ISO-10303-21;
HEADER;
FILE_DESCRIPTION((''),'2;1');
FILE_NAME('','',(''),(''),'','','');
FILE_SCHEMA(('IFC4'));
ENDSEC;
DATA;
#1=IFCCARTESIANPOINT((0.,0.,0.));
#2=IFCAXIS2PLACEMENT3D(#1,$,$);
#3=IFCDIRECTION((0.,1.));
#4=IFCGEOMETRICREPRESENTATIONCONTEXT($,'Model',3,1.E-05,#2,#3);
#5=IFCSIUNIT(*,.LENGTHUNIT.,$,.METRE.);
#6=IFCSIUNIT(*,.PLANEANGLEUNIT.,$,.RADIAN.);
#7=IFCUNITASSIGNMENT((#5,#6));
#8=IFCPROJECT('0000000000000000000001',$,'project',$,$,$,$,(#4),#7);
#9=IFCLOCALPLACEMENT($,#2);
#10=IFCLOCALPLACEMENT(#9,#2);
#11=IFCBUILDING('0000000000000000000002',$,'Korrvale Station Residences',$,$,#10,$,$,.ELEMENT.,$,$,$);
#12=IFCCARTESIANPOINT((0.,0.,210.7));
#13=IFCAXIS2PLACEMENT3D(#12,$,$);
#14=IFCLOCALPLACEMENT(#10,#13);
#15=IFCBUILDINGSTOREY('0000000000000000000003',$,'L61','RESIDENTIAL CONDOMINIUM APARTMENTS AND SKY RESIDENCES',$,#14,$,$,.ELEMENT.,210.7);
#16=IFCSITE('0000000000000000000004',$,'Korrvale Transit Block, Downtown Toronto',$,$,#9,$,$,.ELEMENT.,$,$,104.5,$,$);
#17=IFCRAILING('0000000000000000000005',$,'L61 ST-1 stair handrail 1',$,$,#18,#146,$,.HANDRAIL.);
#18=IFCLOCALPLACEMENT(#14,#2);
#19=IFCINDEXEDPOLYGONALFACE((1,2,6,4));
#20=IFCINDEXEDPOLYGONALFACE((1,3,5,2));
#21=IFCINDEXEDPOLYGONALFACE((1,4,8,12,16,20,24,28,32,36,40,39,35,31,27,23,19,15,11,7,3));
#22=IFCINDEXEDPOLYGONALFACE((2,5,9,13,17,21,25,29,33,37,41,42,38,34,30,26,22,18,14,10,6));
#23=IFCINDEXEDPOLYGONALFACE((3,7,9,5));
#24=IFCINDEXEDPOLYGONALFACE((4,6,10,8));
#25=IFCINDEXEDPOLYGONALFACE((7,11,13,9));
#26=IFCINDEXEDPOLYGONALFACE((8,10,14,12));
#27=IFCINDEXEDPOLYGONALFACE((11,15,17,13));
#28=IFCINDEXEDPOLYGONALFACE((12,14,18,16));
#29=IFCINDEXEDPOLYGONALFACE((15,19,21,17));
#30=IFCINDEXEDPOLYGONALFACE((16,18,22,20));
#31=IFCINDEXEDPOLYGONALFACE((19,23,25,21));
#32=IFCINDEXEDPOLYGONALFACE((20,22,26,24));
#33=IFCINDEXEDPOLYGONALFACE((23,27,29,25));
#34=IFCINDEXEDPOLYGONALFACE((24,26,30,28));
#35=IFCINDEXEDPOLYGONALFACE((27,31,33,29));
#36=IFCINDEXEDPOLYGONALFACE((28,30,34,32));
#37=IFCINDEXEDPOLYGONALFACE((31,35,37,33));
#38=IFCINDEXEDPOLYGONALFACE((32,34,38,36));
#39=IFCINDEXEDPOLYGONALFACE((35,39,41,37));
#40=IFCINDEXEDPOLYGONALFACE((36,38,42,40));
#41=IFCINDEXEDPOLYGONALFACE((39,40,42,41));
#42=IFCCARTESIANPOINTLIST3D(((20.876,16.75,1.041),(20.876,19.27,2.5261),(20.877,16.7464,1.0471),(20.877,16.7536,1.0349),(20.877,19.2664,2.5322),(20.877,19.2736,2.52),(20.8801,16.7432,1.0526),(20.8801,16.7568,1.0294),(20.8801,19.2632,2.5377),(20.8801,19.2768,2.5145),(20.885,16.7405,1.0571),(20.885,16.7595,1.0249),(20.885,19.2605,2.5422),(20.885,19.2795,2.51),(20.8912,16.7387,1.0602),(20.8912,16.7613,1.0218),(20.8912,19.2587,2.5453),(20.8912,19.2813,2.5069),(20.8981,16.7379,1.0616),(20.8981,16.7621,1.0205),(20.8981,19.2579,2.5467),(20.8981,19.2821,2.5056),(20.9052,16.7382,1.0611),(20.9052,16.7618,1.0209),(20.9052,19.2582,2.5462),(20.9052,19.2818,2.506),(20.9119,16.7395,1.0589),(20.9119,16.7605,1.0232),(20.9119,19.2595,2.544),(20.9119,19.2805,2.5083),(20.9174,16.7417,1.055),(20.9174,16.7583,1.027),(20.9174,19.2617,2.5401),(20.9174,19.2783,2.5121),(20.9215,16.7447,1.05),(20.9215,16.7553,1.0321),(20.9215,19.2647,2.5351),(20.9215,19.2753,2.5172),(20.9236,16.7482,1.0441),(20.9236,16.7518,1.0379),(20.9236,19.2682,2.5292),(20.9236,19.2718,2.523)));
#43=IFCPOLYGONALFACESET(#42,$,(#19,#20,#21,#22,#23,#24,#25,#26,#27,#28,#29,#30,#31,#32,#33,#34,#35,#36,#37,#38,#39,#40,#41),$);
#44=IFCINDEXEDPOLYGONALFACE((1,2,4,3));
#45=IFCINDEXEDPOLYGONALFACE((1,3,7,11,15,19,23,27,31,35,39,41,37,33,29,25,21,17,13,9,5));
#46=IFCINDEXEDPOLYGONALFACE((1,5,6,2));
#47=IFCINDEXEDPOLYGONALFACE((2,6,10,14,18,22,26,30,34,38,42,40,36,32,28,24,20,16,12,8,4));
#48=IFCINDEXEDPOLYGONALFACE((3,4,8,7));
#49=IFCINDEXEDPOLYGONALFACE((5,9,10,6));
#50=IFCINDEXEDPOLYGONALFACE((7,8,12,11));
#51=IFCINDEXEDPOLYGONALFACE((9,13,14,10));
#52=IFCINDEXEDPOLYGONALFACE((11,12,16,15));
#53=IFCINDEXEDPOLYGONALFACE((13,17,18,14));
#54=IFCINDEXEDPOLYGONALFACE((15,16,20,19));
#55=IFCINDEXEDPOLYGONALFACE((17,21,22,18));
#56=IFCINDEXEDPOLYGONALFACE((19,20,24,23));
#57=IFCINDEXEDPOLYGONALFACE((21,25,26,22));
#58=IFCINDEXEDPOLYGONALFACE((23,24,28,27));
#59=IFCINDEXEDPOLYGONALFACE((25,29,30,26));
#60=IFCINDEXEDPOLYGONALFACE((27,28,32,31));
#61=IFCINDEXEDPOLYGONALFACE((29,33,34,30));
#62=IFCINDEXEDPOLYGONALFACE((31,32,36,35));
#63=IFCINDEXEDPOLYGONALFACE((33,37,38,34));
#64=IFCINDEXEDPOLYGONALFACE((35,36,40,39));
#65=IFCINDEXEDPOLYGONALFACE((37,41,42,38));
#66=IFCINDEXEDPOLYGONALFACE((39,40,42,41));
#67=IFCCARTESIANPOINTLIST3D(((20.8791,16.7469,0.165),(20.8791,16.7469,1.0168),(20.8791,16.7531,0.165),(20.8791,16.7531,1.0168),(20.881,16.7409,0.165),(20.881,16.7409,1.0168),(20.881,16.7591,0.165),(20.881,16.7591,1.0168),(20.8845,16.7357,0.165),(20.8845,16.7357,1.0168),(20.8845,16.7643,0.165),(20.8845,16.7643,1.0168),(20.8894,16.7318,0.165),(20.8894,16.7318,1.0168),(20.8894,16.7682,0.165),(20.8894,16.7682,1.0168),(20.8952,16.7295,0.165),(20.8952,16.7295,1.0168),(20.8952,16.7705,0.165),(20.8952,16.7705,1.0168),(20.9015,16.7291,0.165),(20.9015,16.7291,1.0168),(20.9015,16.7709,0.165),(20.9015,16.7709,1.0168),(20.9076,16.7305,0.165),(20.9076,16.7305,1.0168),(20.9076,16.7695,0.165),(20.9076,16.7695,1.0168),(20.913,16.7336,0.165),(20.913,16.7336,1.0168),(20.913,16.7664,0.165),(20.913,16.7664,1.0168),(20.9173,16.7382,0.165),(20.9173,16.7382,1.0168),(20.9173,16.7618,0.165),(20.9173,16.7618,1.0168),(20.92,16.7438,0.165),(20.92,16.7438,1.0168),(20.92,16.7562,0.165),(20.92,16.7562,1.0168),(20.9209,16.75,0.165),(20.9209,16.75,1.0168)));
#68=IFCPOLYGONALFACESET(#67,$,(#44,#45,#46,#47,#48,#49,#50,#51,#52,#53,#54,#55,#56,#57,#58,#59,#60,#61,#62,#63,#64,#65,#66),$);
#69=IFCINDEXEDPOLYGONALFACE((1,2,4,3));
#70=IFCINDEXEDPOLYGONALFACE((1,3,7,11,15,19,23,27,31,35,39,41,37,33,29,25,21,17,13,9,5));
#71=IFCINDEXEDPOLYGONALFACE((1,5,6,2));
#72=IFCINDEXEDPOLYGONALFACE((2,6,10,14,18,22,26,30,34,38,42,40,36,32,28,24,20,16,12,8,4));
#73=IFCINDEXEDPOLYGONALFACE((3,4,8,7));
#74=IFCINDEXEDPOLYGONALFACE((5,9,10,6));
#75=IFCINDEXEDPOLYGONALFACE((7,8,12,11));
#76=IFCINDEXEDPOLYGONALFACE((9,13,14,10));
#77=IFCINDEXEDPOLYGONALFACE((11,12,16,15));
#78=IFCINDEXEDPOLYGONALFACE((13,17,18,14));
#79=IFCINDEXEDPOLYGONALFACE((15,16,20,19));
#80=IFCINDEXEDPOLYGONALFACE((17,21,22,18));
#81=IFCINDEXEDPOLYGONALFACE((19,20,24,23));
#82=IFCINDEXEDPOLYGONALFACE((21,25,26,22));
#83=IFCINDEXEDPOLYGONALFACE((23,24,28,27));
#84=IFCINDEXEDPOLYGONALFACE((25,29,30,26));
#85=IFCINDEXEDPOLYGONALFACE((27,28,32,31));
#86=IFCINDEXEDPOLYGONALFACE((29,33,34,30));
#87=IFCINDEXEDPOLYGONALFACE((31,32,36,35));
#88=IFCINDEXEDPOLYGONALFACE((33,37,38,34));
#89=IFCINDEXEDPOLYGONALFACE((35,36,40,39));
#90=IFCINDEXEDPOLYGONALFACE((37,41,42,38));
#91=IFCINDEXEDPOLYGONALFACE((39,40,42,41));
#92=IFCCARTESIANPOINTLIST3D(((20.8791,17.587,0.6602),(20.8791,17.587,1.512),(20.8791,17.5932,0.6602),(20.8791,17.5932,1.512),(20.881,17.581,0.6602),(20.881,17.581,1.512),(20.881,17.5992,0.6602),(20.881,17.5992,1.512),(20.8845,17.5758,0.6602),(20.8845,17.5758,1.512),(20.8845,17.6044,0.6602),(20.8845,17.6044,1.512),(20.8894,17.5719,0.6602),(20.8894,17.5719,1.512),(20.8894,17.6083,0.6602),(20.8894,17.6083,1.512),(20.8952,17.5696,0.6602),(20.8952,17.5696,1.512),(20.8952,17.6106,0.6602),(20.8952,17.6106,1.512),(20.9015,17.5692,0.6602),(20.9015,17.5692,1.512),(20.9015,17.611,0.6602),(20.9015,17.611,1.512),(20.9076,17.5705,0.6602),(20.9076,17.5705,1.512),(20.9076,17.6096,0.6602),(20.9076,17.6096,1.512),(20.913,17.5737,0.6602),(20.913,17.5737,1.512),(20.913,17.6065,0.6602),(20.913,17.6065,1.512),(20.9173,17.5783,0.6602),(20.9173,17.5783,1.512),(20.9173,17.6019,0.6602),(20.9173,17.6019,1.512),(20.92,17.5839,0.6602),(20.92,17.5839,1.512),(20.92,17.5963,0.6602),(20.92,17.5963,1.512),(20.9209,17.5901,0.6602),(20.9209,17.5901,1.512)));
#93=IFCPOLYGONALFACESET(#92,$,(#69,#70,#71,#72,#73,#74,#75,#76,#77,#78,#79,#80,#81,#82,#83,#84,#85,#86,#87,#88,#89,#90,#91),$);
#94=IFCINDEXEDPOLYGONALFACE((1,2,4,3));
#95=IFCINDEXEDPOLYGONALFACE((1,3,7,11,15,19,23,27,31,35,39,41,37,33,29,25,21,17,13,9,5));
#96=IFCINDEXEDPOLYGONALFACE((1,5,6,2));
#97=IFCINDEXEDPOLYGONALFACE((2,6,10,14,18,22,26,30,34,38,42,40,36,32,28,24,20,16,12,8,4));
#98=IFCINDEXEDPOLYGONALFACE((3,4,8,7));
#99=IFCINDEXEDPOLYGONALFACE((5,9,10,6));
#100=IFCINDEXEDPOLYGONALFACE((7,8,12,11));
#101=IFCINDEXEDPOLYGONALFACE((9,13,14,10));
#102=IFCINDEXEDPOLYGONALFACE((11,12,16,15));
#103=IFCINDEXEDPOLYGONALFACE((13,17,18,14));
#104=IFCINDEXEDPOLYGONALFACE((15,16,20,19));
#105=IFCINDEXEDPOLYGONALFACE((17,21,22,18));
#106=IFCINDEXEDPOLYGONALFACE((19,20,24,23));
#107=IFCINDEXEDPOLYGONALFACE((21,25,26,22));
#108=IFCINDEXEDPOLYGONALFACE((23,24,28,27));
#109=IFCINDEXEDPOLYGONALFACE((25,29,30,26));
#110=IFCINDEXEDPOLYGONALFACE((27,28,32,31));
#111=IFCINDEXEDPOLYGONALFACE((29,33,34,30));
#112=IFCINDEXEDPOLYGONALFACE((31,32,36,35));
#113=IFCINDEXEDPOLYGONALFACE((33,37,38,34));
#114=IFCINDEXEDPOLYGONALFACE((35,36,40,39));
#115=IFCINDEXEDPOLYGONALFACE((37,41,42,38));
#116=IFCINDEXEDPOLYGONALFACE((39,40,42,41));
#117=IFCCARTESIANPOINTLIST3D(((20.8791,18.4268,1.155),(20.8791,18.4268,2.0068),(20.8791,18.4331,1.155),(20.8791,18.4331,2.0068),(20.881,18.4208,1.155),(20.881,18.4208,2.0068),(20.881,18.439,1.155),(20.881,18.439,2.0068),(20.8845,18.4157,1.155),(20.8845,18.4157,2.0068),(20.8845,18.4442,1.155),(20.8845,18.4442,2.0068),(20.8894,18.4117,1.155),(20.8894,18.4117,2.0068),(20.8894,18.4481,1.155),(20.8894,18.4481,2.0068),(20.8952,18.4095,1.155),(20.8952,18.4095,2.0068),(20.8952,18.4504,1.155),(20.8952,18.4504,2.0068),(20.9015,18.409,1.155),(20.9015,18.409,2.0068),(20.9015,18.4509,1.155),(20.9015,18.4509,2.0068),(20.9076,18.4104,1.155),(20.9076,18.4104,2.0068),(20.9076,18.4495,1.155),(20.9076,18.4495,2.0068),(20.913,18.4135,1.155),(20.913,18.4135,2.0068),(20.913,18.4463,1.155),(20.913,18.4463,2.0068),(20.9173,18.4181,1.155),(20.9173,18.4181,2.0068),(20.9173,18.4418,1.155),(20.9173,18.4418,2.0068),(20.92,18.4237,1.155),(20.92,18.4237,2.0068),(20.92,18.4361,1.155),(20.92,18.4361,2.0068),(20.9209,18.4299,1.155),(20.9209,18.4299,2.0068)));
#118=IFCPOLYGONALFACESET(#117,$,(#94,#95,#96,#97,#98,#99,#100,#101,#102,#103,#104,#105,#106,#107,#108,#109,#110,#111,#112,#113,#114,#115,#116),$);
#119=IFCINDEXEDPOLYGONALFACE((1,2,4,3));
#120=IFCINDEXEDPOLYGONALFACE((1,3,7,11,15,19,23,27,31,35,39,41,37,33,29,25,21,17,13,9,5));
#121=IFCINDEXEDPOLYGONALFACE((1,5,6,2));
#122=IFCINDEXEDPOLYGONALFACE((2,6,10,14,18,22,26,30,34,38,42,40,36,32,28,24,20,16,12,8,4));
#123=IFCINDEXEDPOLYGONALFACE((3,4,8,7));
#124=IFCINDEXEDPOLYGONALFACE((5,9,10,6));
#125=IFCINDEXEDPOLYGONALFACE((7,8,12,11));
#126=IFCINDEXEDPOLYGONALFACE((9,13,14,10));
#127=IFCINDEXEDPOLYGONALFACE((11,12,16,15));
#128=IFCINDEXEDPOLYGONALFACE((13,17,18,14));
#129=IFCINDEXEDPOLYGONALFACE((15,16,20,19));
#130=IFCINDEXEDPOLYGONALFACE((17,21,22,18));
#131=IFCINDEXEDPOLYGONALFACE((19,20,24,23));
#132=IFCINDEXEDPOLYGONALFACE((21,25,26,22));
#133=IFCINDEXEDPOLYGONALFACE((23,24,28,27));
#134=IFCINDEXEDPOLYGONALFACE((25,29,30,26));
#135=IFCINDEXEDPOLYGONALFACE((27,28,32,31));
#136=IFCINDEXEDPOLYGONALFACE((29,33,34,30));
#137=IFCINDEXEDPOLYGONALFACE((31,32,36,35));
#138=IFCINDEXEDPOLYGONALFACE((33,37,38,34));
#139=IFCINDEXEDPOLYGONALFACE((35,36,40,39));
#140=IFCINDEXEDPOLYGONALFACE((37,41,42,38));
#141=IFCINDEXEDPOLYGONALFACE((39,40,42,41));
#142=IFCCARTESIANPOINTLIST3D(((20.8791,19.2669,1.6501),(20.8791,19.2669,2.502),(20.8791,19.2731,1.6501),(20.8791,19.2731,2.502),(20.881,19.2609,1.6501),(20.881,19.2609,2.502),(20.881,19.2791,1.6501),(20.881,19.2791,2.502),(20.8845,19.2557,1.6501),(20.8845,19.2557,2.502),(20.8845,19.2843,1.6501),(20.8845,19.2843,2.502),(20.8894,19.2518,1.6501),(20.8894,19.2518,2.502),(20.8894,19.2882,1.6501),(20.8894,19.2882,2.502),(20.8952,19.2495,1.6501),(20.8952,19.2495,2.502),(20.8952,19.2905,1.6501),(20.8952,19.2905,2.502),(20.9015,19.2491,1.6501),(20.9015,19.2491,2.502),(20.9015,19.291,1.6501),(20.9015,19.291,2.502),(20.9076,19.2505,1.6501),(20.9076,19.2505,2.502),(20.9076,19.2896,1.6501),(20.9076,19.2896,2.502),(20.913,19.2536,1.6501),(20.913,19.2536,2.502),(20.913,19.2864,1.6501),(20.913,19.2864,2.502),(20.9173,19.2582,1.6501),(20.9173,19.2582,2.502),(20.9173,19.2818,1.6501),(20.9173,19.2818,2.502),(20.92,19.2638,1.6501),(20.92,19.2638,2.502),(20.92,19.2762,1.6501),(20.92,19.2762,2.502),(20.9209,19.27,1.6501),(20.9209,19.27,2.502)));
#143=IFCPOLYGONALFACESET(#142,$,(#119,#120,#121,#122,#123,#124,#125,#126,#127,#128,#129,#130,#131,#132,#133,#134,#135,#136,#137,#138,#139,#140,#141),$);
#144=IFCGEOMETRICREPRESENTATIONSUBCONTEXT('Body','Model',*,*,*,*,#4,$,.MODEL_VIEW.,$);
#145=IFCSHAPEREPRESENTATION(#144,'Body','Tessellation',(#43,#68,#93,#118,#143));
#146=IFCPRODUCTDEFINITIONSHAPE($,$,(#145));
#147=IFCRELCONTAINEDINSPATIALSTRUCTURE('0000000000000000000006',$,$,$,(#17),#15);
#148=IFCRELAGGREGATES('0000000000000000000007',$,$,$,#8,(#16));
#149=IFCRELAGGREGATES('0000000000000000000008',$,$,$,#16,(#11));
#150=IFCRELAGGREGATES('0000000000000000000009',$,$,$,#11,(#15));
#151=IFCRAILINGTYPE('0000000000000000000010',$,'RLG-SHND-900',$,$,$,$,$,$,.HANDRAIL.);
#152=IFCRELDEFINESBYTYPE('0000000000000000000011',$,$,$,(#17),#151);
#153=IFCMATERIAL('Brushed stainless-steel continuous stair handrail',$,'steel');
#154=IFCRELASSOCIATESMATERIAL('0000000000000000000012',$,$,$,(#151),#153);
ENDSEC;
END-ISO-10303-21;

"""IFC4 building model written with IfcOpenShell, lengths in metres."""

from ifc_helpers import new_model, si_unit, direction, frame, origin, origin_2d, place, context, subcontext, project, spatial, circle, extrude, material, type_object, element, save


model = new_model("IFC4")

# Units and contexts
model_context = context("Model", 3, precision=1e-05, world=origin(), true_north=direction((0.0, 1.0)))
body_context = subcontext(model_context, "Body", "Model", "MODEL_VIEW")
ifc_project = project(units=[si_unit("LENGTHUNIT", "METRE"), si_unit("PLANEANGLEUNIT", "RADIAN")], contexts=[model_context])

# Site, building, storey
site_placement = place(None, origin())
site = spatial("IfcSite", under=ifc_project, at=site_placement, Name="Korrvale Transit Block, Downtown Toronto", CompositionType="ELEMENT", RefElevation=104.5)
building_placement = place(site_placement, origin())
building = spatial("IfcBuilding", under=site, at=building_placement, Name="Korrvale Station Residences", CompositionType="ELEMENT")
storey_placement = place(building_placement, frame((0.0, 0.0, 210.7)))
storey = spatial("IfcBuildingStorey", under=building, at=storey_placement, Name="L61", Description="RESIDENTIAL CONDOMINIUM APARTMENTS AND SKY RESIDENCES", CompositionType="ELEMENT", Elevation=210.7)

# Railing
ifc_material_1 = material(Name="Brushed stainless-steel continuous stair handrail", Category="steel")
railing_type_1 = type_object("IfcRailingType", Name="RLG-SHND-900", PredefinedType="HANDRAIL", material=ifc_material_1)
railing_1_placement = place(storey_placement, frame((20.8999, 16.75, 0.165)))
element("IfcRailing", 1, at=railing_1_placement, inside=storey, type_object=railing_type_1, Name="L61 ST-1 stair handrail 1", PredefinedType="HANDRAIL", context=body_context, shape_type="SweptSolid", body=[
    extrude(circle(Radius=0.0239, at=origin_2d()), frame((0.0, 0.0, 0.876), z_axis=(0.0, 0.861524, 0.507717), x_axis=(-1.0, 0.0, 0.0)), (0.0, 0.0, 1.0), 2.925),
    extrude(circle(Radius=0.021, at=origin_2d()), origin(), (0.0, 0.0, 1.0), 0.8518),
    extrude(circle(Radius=0.021, at=origin_2d()), frame((0.0, 0.8401, 0.4951)), (0.0, 0.0, 1.0), 0.8518),
    extrude(circle(Radius=0.021, at=origin_2d()), frame((0.0, 1.6799, 0.99)), (0.0, 0.0, 1.0), 0.8518),
    extrude(circle(Radius=0.021, at=origin_2d()), frame((0.0, 2.52, 1.4851)), (0.0, 0.0, 1.0), 0.8518),
])

save(model, "model.ifc")
